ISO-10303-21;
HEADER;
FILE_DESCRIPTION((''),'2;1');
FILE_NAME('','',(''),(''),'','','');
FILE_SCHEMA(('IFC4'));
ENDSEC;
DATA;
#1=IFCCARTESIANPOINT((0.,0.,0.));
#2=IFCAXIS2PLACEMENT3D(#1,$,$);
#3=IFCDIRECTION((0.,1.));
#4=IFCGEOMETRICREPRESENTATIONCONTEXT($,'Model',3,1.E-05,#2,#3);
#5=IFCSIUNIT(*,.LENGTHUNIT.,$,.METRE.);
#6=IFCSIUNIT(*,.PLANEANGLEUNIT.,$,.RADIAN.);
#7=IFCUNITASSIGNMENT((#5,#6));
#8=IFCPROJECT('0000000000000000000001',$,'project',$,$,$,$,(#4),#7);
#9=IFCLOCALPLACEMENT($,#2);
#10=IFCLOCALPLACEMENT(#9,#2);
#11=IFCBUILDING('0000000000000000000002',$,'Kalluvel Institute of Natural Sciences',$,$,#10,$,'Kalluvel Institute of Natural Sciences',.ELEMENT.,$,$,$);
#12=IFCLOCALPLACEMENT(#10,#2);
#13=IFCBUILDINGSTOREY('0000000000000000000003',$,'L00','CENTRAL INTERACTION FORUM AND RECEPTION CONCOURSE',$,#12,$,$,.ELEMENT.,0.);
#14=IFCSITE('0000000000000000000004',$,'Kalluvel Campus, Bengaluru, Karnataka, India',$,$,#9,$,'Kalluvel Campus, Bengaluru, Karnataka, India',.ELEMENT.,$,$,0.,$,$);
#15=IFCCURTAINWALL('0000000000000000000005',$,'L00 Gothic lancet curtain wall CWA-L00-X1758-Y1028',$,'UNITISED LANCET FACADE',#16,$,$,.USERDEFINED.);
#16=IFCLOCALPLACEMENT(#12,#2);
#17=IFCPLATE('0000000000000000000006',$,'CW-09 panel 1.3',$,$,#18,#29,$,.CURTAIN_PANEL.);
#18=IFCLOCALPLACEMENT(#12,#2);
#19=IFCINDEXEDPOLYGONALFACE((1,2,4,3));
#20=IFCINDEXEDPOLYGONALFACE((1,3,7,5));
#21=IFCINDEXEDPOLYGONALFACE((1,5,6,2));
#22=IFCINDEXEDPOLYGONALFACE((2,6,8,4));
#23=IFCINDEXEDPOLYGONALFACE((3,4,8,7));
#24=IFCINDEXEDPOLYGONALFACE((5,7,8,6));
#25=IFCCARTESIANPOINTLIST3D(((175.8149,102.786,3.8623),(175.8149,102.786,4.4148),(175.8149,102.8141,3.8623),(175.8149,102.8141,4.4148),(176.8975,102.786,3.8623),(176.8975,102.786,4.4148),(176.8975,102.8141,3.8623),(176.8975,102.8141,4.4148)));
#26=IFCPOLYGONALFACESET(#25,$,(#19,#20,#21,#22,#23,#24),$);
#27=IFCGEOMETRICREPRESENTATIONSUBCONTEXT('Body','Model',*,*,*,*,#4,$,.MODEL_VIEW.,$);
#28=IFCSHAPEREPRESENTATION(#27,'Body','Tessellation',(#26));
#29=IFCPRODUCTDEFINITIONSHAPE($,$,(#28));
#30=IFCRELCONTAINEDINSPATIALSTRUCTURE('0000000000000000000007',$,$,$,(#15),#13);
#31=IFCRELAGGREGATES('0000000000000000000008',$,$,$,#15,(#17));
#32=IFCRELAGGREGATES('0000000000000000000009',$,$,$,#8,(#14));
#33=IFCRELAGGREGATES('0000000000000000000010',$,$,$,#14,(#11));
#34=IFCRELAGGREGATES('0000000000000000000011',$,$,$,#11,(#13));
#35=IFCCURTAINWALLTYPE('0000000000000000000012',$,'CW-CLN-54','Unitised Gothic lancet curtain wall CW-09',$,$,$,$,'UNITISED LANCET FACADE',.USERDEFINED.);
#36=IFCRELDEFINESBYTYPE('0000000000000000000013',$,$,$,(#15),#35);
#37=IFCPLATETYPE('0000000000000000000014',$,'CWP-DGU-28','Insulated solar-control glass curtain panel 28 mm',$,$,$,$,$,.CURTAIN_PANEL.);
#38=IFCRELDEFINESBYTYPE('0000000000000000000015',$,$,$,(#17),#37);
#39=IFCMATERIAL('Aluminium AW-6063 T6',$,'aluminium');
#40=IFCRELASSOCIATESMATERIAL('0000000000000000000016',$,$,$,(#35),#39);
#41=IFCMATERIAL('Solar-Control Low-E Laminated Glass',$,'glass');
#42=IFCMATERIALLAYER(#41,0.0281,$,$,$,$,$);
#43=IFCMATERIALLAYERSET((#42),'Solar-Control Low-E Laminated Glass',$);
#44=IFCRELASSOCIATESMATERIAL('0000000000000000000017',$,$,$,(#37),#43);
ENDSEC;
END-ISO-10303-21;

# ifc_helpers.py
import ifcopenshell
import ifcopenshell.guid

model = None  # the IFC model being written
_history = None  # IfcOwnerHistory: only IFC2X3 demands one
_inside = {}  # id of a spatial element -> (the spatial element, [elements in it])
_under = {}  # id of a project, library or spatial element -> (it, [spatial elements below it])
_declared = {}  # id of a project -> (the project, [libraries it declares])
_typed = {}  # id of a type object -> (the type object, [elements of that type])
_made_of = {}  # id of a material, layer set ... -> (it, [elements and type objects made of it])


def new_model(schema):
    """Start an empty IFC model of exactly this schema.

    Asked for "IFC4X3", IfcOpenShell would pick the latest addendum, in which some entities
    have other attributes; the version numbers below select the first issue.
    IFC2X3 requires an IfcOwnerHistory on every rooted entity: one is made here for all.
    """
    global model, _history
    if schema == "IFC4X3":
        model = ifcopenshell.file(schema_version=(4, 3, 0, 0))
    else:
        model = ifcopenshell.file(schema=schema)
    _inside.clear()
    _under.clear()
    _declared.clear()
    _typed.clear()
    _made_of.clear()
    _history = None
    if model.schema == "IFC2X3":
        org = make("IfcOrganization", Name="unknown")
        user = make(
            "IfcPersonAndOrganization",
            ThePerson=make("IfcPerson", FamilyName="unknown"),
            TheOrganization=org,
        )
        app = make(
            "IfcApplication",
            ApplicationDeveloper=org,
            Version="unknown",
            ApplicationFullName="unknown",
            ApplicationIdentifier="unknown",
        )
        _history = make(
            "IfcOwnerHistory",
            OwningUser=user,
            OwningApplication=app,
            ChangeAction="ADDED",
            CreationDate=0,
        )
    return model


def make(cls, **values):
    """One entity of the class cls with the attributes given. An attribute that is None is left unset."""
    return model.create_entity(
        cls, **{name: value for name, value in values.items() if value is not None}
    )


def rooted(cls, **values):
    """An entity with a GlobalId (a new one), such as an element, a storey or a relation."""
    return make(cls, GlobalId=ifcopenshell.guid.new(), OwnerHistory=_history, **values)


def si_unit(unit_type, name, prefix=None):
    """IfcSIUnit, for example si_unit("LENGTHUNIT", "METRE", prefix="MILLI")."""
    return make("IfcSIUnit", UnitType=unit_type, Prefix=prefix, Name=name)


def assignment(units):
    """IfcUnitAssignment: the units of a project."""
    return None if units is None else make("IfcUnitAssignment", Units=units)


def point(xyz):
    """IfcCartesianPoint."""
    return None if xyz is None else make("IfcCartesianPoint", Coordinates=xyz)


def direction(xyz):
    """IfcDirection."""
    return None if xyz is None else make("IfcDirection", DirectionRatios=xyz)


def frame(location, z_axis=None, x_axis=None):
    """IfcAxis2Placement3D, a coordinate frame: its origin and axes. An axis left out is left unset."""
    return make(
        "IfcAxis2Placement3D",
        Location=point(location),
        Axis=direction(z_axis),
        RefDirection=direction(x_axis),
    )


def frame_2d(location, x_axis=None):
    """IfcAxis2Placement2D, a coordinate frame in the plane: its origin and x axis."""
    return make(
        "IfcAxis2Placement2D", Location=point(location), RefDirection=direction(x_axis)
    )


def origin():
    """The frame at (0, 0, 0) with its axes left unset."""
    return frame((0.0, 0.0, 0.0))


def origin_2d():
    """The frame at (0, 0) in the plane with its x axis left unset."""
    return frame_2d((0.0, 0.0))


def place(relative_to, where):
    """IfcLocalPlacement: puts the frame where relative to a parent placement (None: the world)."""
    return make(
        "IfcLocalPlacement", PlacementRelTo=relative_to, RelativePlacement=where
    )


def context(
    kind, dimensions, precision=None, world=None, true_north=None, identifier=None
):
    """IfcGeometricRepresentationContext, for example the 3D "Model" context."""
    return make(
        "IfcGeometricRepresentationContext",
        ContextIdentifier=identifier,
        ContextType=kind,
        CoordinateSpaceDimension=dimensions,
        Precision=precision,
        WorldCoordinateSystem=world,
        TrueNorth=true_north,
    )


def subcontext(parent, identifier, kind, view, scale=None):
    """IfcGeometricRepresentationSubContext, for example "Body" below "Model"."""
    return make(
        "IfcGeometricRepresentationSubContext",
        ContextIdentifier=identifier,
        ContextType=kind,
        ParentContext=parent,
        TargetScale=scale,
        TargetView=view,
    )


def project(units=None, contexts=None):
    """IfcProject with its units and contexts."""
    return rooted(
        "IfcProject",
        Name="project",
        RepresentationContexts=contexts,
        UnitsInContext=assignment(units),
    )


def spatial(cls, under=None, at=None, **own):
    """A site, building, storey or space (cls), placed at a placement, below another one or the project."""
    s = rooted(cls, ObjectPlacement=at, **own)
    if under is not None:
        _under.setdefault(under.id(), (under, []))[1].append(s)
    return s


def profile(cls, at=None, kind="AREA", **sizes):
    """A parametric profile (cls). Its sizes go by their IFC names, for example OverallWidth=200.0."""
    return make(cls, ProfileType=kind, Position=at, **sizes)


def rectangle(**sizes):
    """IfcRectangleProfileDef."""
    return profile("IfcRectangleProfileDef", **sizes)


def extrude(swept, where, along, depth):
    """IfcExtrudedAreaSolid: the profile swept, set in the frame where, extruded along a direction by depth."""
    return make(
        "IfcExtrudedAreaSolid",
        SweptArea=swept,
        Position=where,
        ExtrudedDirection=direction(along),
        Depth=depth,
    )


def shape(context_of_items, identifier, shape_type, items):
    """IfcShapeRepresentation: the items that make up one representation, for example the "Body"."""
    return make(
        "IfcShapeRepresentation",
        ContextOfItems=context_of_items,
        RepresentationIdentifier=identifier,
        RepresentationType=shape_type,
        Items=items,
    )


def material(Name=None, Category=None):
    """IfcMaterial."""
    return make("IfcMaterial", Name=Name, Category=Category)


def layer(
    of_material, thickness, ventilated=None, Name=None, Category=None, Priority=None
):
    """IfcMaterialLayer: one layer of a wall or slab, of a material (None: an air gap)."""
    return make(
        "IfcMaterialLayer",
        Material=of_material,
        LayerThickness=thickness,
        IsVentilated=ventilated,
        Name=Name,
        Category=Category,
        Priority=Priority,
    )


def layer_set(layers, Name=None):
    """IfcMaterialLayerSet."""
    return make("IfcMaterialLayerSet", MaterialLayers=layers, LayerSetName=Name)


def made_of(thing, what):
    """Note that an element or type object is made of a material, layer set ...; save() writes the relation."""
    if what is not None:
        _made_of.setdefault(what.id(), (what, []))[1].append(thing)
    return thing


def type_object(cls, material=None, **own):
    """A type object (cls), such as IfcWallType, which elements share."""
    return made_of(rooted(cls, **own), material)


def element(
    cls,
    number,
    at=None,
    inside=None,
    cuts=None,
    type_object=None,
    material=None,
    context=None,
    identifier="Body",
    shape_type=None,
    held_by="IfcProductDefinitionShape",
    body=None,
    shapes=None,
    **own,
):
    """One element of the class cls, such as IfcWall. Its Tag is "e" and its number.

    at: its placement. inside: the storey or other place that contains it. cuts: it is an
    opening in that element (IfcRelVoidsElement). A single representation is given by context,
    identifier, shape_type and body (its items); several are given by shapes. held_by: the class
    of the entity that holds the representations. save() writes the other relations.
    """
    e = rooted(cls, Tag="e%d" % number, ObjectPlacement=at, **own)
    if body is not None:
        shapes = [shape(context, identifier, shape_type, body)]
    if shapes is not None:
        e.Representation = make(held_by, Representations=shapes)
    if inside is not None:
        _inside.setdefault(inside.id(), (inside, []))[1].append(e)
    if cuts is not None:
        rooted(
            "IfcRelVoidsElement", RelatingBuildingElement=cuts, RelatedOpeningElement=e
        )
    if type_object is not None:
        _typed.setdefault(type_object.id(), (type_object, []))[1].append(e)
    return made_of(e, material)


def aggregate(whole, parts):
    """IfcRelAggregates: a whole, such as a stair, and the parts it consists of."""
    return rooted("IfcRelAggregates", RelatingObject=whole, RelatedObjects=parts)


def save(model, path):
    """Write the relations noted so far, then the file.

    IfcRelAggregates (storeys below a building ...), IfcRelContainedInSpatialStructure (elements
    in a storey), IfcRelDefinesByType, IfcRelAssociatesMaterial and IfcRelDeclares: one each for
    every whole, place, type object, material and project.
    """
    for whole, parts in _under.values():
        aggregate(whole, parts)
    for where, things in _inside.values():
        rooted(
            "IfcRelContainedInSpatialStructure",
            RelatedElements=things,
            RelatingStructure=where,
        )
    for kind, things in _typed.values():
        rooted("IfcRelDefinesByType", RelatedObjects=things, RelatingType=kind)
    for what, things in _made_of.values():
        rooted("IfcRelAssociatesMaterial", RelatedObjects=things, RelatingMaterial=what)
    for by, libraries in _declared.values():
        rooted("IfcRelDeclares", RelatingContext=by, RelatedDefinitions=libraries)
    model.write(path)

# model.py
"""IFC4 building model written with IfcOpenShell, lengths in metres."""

from ifc_helpers import new_model, si_unit, direction, frame, origin, origin_2d, place, context, subcontext, project, spatial, rectangle, extrude, material, layer, layer_set, type_object, element, aggregate, save


model = new_model("IFC4")

# Units and contexts
model_context = context("Model", 3, precision=1e-05, world=origin(), true_north=direction((0.0, 1.0)))
body_context = subcontext(model_context, "Body", "Model", "MODEL_VIEW")
ifc_project = project(units=[si_unit("LENGTHUNIT", "METRE"), si_unit("PLANEANGLEUNIT", "RADIAN")], contexts=[model_context])

# Site, building, storey
site_placement = place(None, origin())
site = spatial("IfcSite", under=ifc_project, at=site_placement, Name="Kalluvel Campus, Bengaluru, Karnataka, India", LongName="Kalluvel Campus, Bengaluru, Karnataka, India", CompositionType="ELEMENT", RefElevation=0.0)
building_placement = place(site_placement, origin())
building = spatial("IfcBuilding", under=site, at=building_placement, Name="Kalluvel Institute of Natural Sciences", LongName="Kalluvel Institute of Natural Sciences", CompositionType="ELEMENT")
storey_placement = place(building_placement, origin())
storey = spatial("IfcBuildingStorey", under=building, at=storey_placement, Name="L00", Description="CENTRAL INTERACTION FORUM AND RECEPTION CONCOURSE", CompositionType="ELEMENT", Elevation=0.0)

# Curtain wall
ifc_material_1 = material(Name="Aluminium AW-6063 T6", Category="aluminium")
curtain_wall_type = type_object("IfcCurtainWallType", Name="CW-CLN-54", Description="Unitised Gothic lancet curtain wall CW-09", ElementType="UNITISED LANCET FACADE", PredefinedType="USERDEFINED", material=ifc_material_1)
curtain_wall_1_placement = place(storey_placement, origin())
curtain_wall_1 = element("IfcCurtainWall", 1, at=curtain_wall_1_placement, inside=storey, type_object=curtain_wall_type, Name="L00 Gothic lancet curtain wall CWA-L00-X1758-Y1028", ObjectType="UNITISED LANCET FACADE", PredefinedType="USERDEFINED")

# Plate
ifc_material_2 = material(Name="Solar-Control Low-E Laminated Glass", Category="glass")
ifc_layer = layer(ifc_material_2, 0.0281)
ifc_layer_set = layer_set([ifc_layer], Name="Solar-Control Low-E Laminated Glass")
plate_type = type_object("IfcPlateType", Name="CWP-DGU-28", Description="Insulated solar-control glass curtain panel 28 mm", PredefinedType="CURTAIN_PANEL", material=ifc_layer_set)
plate_1_placement = place(storey_placement, frame((176.3562, 102.8, 3.8623), z_axis=(0.0, 0.0, 1.0), x_axis=(1.0, 0.0, 0.0)))
plate_1 = element("IfcPlate", 2, at=plate_1_placement, type_object=plate_type, Name="CW-09 panel 1.3", PredefinedType="CURTAIN_PANEL", context=body_context, shape_type="SweptSolid", body=[
    extrude(rectangle(XDim=1.0825, YDim=0.0281, at=origin_2d()), origin(), (0.0, 0.0, 1.0), 0.5525),
])
aggregate(curtain_wall_1, [plate_1])

save(model, "model.ifc")
